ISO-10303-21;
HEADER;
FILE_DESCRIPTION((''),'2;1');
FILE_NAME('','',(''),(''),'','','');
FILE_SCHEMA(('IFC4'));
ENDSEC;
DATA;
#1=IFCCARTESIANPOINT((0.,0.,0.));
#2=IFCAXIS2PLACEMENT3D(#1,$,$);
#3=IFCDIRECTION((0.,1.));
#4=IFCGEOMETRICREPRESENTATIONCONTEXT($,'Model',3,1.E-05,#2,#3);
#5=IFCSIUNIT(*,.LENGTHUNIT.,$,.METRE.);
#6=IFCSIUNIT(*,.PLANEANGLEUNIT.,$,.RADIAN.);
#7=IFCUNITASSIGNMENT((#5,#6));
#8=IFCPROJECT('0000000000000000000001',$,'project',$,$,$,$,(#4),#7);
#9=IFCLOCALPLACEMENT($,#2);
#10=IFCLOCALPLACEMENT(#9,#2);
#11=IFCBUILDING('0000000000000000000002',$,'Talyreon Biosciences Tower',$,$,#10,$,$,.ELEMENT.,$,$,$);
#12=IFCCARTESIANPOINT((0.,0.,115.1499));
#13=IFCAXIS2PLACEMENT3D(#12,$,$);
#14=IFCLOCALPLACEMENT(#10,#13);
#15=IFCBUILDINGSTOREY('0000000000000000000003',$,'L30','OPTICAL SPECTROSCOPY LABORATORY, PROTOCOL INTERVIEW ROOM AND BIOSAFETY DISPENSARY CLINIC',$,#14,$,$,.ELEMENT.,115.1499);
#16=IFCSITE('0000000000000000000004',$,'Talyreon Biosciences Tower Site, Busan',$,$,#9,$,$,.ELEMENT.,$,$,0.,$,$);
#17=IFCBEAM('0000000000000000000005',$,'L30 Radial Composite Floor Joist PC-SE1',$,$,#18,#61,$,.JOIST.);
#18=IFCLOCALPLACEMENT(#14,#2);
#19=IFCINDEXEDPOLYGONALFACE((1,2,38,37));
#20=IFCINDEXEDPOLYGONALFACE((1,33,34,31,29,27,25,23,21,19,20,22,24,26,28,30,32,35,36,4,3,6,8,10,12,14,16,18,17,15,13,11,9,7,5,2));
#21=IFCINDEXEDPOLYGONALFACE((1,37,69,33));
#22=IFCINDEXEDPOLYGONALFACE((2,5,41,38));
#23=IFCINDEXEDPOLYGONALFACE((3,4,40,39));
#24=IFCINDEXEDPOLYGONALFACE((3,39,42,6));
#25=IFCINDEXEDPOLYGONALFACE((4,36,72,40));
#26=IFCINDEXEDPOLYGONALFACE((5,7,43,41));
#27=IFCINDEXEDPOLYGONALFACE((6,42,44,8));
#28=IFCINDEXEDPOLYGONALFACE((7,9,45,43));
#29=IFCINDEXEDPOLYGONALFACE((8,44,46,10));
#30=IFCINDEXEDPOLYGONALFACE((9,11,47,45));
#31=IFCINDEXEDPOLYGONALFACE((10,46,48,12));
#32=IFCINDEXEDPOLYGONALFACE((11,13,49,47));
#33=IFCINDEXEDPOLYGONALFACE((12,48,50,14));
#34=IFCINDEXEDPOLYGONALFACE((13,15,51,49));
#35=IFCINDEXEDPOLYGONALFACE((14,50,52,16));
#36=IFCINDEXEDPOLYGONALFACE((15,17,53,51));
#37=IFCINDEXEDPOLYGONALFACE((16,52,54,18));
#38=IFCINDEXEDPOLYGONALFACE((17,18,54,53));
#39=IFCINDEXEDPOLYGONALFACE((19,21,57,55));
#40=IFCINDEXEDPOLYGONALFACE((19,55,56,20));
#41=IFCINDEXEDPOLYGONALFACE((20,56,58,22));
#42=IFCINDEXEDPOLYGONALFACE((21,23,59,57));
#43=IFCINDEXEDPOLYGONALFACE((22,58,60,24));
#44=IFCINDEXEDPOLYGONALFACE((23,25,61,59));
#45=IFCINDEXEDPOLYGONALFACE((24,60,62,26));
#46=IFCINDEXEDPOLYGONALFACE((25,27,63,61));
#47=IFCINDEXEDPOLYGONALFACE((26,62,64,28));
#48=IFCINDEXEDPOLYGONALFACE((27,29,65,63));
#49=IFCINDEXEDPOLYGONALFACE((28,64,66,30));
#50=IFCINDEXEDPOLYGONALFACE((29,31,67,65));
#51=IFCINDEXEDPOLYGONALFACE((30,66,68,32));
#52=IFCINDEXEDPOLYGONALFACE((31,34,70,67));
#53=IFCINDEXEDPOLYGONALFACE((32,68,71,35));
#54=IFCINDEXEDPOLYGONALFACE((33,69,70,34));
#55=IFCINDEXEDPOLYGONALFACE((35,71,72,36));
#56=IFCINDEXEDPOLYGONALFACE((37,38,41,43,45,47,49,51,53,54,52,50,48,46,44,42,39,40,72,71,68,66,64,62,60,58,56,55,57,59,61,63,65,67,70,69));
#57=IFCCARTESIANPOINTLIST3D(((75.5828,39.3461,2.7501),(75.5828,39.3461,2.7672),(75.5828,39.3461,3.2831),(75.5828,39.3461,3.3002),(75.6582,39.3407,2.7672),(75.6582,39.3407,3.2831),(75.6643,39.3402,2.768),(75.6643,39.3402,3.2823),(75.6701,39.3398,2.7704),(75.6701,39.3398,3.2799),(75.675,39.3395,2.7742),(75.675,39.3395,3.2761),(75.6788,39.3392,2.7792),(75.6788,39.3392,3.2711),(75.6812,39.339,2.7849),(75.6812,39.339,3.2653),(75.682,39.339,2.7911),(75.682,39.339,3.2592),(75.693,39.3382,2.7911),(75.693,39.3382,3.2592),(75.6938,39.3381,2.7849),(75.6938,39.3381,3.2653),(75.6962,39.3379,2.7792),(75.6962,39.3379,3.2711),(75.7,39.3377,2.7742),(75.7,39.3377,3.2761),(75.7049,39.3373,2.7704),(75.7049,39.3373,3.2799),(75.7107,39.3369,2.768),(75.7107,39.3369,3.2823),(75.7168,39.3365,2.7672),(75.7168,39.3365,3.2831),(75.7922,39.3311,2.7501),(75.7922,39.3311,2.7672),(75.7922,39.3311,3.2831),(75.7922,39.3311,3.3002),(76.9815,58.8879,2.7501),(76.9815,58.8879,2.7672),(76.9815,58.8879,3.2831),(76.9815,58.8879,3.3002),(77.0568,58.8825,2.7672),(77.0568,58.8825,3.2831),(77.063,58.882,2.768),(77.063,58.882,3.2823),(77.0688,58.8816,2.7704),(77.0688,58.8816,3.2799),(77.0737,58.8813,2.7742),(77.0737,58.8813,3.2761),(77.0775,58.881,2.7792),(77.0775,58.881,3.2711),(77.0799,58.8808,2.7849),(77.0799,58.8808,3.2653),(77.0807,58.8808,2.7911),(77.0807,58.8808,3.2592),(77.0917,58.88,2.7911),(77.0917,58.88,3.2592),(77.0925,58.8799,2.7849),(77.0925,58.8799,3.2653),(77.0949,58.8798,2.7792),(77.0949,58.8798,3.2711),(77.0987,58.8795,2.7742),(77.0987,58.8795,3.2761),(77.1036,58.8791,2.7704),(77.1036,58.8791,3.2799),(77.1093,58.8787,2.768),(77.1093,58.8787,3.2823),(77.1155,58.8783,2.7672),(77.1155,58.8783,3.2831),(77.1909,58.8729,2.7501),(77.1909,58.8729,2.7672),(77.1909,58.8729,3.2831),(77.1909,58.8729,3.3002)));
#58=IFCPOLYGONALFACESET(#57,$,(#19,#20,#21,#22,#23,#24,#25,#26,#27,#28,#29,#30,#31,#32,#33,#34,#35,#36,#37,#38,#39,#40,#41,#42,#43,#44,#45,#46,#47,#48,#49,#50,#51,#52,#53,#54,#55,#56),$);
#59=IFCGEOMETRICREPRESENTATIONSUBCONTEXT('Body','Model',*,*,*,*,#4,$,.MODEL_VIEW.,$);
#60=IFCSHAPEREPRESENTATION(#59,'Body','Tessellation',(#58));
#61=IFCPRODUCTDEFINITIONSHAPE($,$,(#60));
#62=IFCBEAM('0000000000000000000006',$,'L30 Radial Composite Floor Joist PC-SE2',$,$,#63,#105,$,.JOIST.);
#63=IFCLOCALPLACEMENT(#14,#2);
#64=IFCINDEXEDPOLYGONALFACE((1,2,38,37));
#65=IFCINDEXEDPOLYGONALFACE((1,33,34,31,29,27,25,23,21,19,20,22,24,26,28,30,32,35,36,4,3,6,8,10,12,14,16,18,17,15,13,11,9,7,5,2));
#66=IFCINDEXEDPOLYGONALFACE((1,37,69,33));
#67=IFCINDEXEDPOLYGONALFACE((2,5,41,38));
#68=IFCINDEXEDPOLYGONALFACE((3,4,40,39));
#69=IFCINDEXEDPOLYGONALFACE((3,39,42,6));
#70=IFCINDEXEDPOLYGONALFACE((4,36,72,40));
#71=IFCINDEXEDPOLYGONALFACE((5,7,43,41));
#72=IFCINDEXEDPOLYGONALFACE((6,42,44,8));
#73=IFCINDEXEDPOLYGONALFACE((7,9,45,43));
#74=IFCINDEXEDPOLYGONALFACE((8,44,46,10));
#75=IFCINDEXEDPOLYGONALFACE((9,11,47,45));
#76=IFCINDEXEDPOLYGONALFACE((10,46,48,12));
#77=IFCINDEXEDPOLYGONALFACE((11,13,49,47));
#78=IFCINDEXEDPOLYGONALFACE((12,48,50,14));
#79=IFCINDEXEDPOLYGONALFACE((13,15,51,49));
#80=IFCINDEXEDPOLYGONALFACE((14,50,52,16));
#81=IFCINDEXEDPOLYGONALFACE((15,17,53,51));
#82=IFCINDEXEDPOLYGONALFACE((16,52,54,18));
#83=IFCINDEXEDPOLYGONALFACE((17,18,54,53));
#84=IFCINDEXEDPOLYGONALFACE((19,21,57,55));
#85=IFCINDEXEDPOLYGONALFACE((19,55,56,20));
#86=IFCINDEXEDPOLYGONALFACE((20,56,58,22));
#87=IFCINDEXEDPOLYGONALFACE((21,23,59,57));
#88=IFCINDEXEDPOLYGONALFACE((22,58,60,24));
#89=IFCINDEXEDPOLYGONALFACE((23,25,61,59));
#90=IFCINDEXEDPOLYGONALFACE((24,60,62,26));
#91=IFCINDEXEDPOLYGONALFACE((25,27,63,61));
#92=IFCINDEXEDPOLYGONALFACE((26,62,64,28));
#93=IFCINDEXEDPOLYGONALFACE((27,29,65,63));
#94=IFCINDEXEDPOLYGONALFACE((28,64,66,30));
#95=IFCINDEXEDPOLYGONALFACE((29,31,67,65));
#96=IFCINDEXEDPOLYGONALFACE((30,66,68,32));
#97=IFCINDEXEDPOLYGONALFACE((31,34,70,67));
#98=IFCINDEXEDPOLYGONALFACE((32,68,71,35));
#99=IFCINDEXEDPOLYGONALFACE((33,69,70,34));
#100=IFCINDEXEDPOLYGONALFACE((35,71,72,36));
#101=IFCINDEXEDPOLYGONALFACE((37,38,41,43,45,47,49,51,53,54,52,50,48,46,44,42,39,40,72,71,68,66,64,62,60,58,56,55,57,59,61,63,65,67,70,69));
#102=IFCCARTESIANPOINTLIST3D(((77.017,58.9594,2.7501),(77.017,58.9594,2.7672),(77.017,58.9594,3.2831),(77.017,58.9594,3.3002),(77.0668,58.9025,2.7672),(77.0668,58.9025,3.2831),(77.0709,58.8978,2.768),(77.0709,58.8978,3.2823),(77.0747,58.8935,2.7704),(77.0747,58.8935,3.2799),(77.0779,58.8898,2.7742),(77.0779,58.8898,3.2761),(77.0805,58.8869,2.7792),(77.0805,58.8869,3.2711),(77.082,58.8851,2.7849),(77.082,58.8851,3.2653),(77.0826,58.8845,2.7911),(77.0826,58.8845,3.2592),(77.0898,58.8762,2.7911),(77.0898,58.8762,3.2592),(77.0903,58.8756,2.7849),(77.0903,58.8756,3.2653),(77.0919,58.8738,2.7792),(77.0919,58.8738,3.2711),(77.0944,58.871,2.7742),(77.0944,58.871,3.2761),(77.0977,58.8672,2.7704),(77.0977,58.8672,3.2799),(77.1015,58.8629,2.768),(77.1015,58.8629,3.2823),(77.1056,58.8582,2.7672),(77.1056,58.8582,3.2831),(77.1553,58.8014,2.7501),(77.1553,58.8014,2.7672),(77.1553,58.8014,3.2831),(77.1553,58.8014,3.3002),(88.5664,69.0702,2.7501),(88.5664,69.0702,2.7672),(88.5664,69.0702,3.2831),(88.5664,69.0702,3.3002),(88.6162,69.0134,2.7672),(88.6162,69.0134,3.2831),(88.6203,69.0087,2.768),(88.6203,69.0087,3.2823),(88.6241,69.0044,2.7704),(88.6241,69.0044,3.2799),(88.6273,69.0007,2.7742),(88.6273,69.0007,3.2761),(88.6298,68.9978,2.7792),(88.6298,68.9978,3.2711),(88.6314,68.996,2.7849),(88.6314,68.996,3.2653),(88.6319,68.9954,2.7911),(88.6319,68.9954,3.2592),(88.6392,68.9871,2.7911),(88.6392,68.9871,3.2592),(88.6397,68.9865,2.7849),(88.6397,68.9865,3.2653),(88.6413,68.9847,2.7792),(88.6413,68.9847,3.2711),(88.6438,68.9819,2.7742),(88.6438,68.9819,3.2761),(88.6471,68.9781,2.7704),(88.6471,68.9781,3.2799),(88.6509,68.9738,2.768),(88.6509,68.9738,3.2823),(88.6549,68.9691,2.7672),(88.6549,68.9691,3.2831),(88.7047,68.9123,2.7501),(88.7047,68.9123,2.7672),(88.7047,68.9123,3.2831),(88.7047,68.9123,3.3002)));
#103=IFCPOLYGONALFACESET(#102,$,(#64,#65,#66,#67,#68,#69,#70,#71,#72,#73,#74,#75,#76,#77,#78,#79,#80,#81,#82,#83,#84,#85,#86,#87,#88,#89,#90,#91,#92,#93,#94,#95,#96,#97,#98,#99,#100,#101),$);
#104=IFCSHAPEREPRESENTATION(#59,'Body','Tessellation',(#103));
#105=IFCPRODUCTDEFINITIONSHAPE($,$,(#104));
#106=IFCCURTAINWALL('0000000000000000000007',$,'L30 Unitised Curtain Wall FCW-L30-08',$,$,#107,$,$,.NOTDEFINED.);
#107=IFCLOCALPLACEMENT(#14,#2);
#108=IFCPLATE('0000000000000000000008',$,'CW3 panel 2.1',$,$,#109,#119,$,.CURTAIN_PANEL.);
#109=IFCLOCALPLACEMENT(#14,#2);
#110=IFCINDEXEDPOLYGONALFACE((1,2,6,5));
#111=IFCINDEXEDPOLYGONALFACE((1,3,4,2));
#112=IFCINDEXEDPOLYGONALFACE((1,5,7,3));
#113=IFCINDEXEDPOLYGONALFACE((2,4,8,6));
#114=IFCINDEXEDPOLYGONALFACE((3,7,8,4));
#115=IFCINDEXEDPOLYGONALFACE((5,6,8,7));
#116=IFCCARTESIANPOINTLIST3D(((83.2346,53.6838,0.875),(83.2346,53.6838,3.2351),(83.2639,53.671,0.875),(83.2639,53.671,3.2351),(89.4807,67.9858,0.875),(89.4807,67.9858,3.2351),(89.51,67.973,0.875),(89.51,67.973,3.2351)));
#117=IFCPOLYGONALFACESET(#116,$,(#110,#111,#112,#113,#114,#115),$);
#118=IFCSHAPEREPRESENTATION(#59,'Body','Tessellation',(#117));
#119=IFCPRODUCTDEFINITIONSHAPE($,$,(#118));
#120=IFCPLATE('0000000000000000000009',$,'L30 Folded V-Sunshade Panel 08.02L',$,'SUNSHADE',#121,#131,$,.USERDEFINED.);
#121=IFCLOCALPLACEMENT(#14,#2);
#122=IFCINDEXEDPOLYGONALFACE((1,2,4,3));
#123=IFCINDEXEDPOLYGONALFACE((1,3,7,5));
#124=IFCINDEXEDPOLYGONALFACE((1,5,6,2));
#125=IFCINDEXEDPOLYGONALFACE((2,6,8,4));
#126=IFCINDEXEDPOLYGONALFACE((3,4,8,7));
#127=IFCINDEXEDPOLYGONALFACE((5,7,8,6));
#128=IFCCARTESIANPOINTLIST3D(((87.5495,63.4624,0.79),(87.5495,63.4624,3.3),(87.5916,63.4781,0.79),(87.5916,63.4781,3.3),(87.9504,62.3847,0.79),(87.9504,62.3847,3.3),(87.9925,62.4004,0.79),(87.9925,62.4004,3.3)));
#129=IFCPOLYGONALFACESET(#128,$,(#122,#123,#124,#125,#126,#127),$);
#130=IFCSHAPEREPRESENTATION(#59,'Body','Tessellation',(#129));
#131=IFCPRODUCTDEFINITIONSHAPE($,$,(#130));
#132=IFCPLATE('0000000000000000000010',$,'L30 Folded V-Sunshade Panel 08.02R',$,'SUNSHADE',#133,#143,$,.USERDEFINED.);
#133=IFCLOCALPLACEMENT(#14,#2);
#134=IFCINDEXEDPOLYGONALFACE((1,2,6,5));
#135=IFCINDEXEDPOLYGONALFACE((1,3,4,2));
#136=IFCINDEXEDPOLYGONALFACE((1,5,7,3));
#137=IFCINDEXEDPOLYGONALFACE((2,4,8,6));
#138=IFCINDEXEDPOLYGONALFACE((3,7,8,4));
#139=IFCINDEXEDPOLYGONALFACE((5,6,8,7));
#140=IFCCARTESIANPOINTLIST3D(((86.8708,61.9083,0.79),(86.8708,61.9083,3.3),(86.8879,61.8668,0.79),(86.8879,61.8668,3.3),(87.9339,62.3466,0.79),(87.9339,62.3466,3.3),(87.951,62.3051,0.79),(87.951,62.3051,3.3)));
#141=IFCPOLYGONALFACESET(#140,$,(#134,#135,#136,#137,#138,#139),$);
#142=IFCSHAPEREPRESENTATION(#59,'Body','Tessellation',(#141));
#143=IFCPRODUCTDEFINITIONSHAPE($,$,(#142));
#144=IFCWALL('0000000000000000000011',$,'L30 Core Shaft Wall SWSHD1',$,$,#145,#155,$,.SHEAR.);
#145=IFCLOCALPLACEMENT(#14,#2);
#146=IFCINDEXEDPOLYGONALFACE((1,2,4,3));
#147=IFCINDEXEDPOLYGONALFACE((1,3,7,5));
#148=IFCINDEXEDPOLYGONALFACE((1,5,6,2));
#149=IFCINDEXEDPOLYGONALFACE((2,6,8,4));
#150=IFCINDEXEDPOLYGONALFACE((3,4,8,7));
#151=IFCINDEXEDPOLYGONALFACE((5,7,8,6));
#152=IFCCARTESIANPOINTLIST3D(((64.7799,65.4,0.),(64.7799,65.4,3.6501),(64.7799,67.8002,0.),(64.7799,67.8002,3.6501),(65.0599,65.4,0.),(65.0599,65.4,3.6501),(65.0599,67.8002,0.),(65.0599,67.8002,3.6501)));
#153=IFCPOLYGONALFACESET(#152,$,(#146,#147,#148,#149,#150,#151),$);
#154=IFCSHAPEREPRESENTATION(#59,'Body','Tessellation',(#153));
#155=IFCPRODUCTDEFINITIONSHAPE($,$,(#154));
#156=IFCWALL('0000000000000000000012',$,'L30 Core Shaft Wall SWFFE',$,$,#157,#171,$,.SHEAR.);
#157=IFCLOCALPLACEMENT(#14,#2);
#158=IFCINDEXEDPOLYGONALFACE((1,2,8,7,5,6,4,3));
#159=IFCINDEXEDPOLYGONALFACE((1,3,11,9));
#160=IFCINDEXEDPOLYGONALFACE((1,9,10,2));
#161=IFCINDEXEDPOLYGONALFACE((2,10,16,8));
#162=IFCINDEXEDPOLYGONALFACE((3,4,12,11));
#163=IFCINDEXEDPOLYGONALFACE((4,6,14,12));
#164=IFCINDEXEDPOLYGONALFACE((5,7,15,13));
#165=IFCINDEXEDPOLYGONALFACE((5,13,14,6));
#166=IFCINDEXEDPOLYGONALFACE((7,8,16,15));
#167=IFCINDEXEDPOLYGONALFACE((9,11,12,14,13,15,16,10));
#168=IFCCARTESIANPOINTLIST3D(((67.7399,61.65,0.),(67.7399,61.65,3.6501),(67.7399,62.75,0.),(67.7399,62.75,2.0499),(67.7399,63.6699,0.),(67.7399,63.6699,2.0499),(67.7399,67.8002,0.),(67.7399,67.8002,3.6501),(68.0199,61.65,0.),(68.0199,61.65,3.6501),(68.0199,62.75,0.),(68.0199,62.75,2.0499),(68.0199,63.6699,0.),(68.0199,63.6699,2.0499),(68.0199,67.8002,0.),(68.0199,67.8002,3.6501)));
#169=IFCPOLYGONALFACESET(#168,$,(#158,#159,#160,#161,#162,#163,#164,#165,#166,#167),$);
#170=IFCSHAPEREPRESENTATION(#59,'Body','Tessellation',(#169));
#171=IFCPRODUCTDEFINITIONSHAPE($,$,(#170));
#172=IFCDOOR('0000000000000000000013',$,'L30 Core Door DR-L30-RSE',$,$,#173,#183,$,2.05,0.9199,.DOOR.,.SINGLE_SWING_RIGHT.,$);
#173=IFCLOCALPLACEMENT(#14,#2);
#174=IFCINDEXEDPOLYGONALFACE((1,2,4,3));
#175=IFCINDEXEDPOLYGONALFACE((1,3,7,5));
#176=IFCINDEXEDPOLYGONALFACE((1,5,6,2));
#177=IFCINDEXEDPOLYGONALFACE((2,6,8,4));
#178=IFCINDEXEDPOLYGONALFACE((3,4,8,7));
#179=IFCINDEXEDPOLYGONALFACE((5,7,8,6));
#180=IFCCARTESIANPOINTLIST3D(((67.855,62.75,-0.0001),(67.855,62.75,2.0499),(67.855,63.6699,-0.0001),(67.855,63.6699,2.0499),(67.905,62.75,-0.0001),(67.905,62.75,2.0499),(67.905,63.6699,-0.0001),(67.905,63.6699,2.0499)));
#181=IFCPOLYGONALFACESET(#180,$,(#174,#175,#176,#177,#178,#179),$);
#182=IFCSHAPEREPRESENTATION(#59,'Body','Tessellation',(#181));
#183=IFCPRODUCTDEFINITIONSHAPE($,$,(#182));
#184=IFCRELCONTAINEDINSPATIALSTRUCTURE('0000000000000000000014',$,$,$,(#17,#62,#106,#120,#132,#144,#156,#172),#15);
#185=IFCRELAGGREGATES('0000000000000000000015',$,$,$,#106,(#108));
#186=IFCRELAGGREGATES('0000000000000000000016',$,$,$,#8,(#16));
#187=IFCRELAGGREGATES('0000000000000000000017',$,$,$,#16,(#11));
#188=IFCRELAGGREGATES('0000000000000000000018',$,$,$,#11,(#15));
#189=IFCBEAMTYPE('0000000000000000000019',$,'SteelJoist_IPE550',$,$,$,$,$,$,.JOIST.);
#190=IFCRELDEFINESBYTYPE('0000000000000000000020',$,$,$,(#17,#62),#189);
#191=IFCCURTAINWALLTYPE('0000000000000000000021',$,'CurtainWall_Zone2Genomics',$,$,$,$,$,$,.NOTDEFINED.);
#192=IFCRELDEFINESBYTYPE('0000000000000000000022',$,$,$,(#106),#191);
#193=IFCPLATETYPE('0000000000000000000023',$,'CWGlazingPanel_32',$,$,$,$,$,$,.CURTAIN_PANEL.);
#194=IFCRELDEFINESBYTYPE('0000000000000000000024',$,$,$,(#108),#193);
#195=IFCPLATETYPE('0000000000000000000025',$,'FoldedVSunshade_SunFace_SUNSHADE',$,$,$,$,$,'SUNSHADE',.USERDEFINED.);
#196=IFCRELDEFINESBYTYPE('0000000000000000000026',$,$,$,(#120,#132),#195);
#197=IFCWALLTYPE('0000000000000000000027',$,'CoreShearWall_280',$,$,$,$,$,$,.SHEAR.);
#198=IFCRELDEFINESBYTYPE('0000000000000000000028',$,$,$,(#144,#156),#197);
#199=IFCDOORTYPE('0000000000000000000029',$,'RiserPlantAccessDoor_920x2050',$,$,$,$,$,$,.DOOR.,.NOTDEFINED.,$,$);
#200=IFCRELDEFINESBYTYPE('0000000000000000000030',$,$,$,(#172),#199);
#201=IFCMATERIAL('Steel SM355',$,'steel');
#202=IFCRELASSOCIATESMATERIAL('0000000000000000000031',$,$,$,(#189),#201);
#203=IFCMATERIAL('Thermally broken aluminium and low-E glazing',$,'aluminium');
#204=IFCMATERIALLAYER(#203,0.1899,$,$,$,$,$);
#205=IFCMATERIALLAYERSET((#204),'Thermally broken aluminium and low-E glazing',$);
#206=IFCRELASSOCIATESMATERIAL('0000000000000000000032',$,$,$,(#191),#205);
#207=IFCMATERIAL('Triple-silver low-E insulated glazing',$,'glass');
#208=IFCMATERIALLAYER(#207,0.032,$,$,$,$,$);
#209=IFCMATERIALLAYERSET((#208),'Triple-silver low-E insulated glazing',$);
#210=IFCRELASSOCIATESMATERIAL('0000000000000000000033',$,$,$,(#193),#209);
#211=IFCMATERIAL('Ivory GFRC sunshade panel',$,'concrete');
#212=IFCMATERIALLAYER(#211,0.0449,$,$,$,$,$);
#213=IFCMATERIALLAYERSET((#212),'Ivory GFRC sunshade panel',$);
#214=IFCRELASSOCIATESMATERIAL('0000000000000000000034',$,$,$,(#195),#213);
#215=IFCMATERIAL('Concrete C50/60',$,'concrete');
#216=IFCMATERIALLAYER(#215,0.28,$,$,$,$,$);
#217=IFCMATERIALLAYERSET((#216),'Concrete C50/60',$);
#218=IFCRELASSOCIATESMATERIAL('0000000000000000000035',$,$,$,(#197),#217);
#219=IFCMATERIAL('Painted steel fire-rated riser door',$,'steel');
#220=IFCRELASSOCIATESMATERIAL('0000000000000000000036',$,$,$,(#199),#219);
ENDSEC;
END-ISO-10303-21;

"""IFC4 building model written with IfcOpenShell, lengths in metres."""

from ifc_helpers import new_model, si_unit, direction, frame, frame_2d, origin, origin_2d, place, context, subcontext, project, spatial, rectangle, i_section, extrude, material, layer, layer_set, material_profile, profile_set, type_object, element, fill, aggregate, save


model = new_model("IFC4")

# Units and contexts
model_context = context("Model", 3, precision=1e-05, world=origin(), true_north=direction((0.0, 1.0)))
body_context = subcontext(model_context, "Body", "Model", "MODEL_VIEW")
ifc_project = project(units=[si_unit("LENGTHUNIT", "METRE"), si_unit("PLANEANGLEUNIT", "RADIAN")], contexts=[model_context])

# Site, building, storey
site_placement = place(None, origin())
site = spatial("IfcSite", under=ifc_project, at=site_placement, Name="Talyreon Biosciences Tower Site, Busan", CompositionType="ELEMENT", RefElevation=0.0)
building_placement = place(site_placement, origin())
building = spatial("IfcBuilding", under=site, at=building_placement, Name="Talyreon Biosciences Tower", CompositionType="ELEMENT")
storey_placement = place(building_placement, frame((0.0, 0.0, 115.1499)))
storey = spatial("IfcBuildingStorey", under=building, at=storey_placement, Name="L30", Description="OPTICAL SPECTROSCOPY LABORATORY, PROTOCOL INTERVIEW ROOM AND BIOSAFETY DISPENSARY CLINIC", CompositionType="ELEMENT", Elevation=115.1499)

# Shared definitions
ifc_material_1 = material(Name="Concrete C50/60", Category="concrete")

# Beams
ifc_material_2 = material(Name="Steel SM355", Category="steel")
ifc_material_profile_1 = material_profile(ifc_material_2, i_section(OverallWidth=0.21, OverallDepth=0.55, WebThickness=0.011, FlangeThickness=0.0171, FilletRadius=0.0239, at=origin_2d()), Name="IPE550")
ifc_profile_set_1 = profile_set([ifc_material_profile_1], Name="Steel SM355")
beam_type_1 = type_object("IfcBeamType", Name="SteelJoist_IPE550", PredefinedType="JOIST", material=ifc_profile_set_1)
beam_1_placement = place(storey_placement, frame((77.0862, 58.8804, 3.0251), z_axis=(-0.071391, -0.997448, 0.0), x_axis=(0.997448, -0.071391, 0.0)))
element("IfcBeam", 1, at=beam_1_placement, inside=storey, type_object=beam_type_1, Name="L30 Radial Composite Floor Joist PC-SE1", PredefinedType="JOIST", context=body_context, shape_type="SweptSolid", body=[
    extrude(i_section(OverallWidth=0.21, OverallDepth=0.55, WebThickness=0.011, FlangeThickness=0.0171, FilletRadius=0.0239, at=origin_2d()), origin(), (0.0, 0.0, 1.0), 19.5918),
])
beam_2_placement = place(storey_placement, frame((77.0862, 58.8804, 3.0251), z_axis=(0.752409, 0.658696, 0.0), x_axis=(-0.658696, 0.752409, 0.0)))
element("IfcBeam", 2, at=beam_2_placement, inside=storey, type_object=beam_type_1, Name="L30 Radial Composite Floor Joist PC-SE2", PredefinedType="JOIST", context=body_context, shape_type="SweptSolid", body=[
    extrude(i_section(OverallWidth=0.21, OverallDepth=0.55, WebThickness=0.011, FlangeThickness=0.0171, FilletRadius=0.0239, at=origin_2d()), origin(), (0.0, 0.0, 1.0), 15.3499),
])

# Curtain wall, plate
ifc_material_3 = material(Name="Thermally broken aluminium and low-E glazing", Category="aluminium")
ifc_layer_1 = layer(ifc_material_3, 0.1899)
ifc_layer_set_1 = layer_set([ifc_layer_1], Name="Thermally broken aluminium and low-E glazing")
curtain_wall_type = type_object("IfcCurtainWallType", Name="CurtainWall_Zone2Genomics", PredefinedType="NOTDEFINED", material=ifc_layer_set_1)
curtain_wall_placement = place(storey_placement, origin())
curtain_wall = element("IfcCurtainWall", 3, at=curtain_wall_placement, inside=storey, type_object=curtain_wall_type, Name="L30 Unitised Curtain Wall FCW-L30-08", PredefinedType="NOTDEFINED")
ifc_material_4 = material(Name="Triple-silver low-E insulated glazing", Category="glass")
ifc_layer_2 = layer(ifc_material_4, 0.032)
ifc_layer_set_2 = layer_set([ifc_layer_2], Name="Triple-silver low-E insulated glazing")
plate_type_1 = type_object("IfcPlateType", Name="CWGlazingPanel_32", PredefinedType="CURTAIN_PANEL", material=ifc_layer_set_2)
plate_placement = place(storey_placement, frame((86.3723, 60.8284, 0.875), z_axis=(0.0, 0.0, 1.0), x_axis=(-0.400226, -0.916416, 0.0)))
plate = element("IfcPlate", 4, at=plate_placement, type_object=plate_type_1, Name="CW3 panel 2.1", PredefinedType="CURTAIN_PANEL", context=body_context, shape_type="SweptSolid", body=[
    extrude(rectangle(XDim=15.6064, YDim=0.032, at=origin_2d()), origin(), (0.0, 0.0, 1.0), 2.3601),
])
aggregate(curtain_wall, [plate])

# Plates
ifc_material_5 = material(Name="Ivory GFRC sunshade panel", Category="concrete")
ifc_layer_3 = layer(ifc_material_5, 0.0449)
ifc_layer_set_3 = layer_set([ifc_layer_3], Name="Ivory GFRC sunshade panel")
plate_type_2 = type_object("IfcPlateType", Name="FoldedVSunshade_SunFace_SUNSHADE", ElementType="SUNSHADE", PredefinedType="USERDEFINED", material=ifc_layer_set_3)
for number, where, z_axis, x_axis, name in (
    (5, (87.771, 62.9314, 0.79), (0.0, 0.0, 1.0), (0.348703, -0.937233, 0.0), "L30 Folded V-Sunshade Panel 08.02L"),
    (6, (87.4109, 62.1067, 0.79), (0.0, 0.0, 1.0), (-0.924493, -0.381199, 0.0), "L30 Folded V-Sunshade Panel 08.02R"),
):
    element("IfcPlate", number, at=place(storey_placement, frame(where, z_axis=z_axis, x_axis=x_axis)), inside=storey, type_object=plate_type_2, Name=name, ObjectType="SUNSHADE", PredefinedType="USERDEFINED", context=body_context, shape_type="SweptSolid", body=[
        extrude(rectangle(XDim=1.1499, YDim=0.0449, at=origin_2d()), origin(), (0.0, 0.0, 1.0), 2.51),
    ])

# Wall
ifc_layer_4 = layer(ifc_material_1, 0.28)
ifc_layer_set_4 = layer_set([ifc_layer_4], Name="Concrete C50/60")
wall_type_1 = type_object("IfcWallType", Name="CoreShearWall_280", PredefinedType="SHEAR", material=ifc_layer_set_4)
wall_1_placement = place(storey_placement, frame((64.9199, 65.3999, 0.0), z_axis=(0.0, 0.0, 1.0), x_axis=(0.0, 1.0, 0.0)))
element("IfcWall", 7, at=wall_1_placement, inside=storey, type_object=wall_type_1, Name="L30 Core Shaft Wall SWSHD1", PredefinedType="SHEAR", context=body_context, shape_type="SweptSolid", body=[
    extrude(rectangle(XDim=2.4001, YDim=0.28, at=frame_2d((1.2002, 0.0))), origin(), (0.0, 0.0, 1.0), 3.6501),
])

# Wall, opening, door
wall_2_placement = place(storey_placement, frame((67.8799, 61.6499, 0.0), z_axis=(0.0, 0.0, 1.0), x_axis=(0.0, 1.0, 0.0)))
wall_2 = element("IfcWall", 8, at=wall_2_placement, inside=storey, type_object=wall_type_1, Name="L30 Core Shaft Wall SWFFE", PredefinedType="SHEAR", context=body_context, shape_type="SweptSolid", body=[
    extrude(rectangle(XDim=6.1501, YDim=0.28, at=frame_2d((3.0752, 0.0))), origin(), (0.0, 0.0, 1.0), 3.6501),
])
opening_1_placement = place(wall_2_placement, frame((1.1001, 0.0, 0.0)))
opening_1 = element("IfcOpeningElement", 9, at=opening_1_placement, cuts=wall_2, PredefinedType="OPENING", context=body_context, shape_type="SweptSolid", body=[
    extrude(rectangle(XDim=0.9199, YDim=2.05, at=frame_2d((0.46, 1.0249))), frame((0.0, 0.1499, 0.0), z_axis=(0.0, -1.0, 0.0), x_axis=(1.0, 0.0, 0.0)), (0.0, 0.0, 1.0), 0.3),
])
ifc_material_6 = material(Name="Painted steel fire-rated riser door", Category="steel")
door_type = type_object("IfcDoorType", Name="RiserPlantAccessDoor_920x2050", OperationType="NOTDEFINED", PredefinedType="DOOR", material=ifc_material_6)
door_1_placement = place(opening_1_placement, origin())
door_1 = element("IfcDoor", 10, at=door_1_placement, inside=storey, type_object=door_type, Name="L30 Core Door DR-L30-RSE", OperationType="SINGLE_SWING_RIGHT", OverallHeight=2.05, OverallWidth=0.9199, PredefinedType="DOOR", context=body_context, shape_type="SweptSolid", body=[
    extrude(rectangle(XDim=0.9199, YDim=2.05, at=frame_2d((0.46, 1.0249))), frame((0.0, 0.0249, 0.0), z_axis=(0.0, -1.0, 0.0), x_axis=(1.0, 0.0, 0.0)), (0.0, 0.0, 1.0), 0.05),
])
fill(opening_1, door_1)

save(model, "model.ifc")
